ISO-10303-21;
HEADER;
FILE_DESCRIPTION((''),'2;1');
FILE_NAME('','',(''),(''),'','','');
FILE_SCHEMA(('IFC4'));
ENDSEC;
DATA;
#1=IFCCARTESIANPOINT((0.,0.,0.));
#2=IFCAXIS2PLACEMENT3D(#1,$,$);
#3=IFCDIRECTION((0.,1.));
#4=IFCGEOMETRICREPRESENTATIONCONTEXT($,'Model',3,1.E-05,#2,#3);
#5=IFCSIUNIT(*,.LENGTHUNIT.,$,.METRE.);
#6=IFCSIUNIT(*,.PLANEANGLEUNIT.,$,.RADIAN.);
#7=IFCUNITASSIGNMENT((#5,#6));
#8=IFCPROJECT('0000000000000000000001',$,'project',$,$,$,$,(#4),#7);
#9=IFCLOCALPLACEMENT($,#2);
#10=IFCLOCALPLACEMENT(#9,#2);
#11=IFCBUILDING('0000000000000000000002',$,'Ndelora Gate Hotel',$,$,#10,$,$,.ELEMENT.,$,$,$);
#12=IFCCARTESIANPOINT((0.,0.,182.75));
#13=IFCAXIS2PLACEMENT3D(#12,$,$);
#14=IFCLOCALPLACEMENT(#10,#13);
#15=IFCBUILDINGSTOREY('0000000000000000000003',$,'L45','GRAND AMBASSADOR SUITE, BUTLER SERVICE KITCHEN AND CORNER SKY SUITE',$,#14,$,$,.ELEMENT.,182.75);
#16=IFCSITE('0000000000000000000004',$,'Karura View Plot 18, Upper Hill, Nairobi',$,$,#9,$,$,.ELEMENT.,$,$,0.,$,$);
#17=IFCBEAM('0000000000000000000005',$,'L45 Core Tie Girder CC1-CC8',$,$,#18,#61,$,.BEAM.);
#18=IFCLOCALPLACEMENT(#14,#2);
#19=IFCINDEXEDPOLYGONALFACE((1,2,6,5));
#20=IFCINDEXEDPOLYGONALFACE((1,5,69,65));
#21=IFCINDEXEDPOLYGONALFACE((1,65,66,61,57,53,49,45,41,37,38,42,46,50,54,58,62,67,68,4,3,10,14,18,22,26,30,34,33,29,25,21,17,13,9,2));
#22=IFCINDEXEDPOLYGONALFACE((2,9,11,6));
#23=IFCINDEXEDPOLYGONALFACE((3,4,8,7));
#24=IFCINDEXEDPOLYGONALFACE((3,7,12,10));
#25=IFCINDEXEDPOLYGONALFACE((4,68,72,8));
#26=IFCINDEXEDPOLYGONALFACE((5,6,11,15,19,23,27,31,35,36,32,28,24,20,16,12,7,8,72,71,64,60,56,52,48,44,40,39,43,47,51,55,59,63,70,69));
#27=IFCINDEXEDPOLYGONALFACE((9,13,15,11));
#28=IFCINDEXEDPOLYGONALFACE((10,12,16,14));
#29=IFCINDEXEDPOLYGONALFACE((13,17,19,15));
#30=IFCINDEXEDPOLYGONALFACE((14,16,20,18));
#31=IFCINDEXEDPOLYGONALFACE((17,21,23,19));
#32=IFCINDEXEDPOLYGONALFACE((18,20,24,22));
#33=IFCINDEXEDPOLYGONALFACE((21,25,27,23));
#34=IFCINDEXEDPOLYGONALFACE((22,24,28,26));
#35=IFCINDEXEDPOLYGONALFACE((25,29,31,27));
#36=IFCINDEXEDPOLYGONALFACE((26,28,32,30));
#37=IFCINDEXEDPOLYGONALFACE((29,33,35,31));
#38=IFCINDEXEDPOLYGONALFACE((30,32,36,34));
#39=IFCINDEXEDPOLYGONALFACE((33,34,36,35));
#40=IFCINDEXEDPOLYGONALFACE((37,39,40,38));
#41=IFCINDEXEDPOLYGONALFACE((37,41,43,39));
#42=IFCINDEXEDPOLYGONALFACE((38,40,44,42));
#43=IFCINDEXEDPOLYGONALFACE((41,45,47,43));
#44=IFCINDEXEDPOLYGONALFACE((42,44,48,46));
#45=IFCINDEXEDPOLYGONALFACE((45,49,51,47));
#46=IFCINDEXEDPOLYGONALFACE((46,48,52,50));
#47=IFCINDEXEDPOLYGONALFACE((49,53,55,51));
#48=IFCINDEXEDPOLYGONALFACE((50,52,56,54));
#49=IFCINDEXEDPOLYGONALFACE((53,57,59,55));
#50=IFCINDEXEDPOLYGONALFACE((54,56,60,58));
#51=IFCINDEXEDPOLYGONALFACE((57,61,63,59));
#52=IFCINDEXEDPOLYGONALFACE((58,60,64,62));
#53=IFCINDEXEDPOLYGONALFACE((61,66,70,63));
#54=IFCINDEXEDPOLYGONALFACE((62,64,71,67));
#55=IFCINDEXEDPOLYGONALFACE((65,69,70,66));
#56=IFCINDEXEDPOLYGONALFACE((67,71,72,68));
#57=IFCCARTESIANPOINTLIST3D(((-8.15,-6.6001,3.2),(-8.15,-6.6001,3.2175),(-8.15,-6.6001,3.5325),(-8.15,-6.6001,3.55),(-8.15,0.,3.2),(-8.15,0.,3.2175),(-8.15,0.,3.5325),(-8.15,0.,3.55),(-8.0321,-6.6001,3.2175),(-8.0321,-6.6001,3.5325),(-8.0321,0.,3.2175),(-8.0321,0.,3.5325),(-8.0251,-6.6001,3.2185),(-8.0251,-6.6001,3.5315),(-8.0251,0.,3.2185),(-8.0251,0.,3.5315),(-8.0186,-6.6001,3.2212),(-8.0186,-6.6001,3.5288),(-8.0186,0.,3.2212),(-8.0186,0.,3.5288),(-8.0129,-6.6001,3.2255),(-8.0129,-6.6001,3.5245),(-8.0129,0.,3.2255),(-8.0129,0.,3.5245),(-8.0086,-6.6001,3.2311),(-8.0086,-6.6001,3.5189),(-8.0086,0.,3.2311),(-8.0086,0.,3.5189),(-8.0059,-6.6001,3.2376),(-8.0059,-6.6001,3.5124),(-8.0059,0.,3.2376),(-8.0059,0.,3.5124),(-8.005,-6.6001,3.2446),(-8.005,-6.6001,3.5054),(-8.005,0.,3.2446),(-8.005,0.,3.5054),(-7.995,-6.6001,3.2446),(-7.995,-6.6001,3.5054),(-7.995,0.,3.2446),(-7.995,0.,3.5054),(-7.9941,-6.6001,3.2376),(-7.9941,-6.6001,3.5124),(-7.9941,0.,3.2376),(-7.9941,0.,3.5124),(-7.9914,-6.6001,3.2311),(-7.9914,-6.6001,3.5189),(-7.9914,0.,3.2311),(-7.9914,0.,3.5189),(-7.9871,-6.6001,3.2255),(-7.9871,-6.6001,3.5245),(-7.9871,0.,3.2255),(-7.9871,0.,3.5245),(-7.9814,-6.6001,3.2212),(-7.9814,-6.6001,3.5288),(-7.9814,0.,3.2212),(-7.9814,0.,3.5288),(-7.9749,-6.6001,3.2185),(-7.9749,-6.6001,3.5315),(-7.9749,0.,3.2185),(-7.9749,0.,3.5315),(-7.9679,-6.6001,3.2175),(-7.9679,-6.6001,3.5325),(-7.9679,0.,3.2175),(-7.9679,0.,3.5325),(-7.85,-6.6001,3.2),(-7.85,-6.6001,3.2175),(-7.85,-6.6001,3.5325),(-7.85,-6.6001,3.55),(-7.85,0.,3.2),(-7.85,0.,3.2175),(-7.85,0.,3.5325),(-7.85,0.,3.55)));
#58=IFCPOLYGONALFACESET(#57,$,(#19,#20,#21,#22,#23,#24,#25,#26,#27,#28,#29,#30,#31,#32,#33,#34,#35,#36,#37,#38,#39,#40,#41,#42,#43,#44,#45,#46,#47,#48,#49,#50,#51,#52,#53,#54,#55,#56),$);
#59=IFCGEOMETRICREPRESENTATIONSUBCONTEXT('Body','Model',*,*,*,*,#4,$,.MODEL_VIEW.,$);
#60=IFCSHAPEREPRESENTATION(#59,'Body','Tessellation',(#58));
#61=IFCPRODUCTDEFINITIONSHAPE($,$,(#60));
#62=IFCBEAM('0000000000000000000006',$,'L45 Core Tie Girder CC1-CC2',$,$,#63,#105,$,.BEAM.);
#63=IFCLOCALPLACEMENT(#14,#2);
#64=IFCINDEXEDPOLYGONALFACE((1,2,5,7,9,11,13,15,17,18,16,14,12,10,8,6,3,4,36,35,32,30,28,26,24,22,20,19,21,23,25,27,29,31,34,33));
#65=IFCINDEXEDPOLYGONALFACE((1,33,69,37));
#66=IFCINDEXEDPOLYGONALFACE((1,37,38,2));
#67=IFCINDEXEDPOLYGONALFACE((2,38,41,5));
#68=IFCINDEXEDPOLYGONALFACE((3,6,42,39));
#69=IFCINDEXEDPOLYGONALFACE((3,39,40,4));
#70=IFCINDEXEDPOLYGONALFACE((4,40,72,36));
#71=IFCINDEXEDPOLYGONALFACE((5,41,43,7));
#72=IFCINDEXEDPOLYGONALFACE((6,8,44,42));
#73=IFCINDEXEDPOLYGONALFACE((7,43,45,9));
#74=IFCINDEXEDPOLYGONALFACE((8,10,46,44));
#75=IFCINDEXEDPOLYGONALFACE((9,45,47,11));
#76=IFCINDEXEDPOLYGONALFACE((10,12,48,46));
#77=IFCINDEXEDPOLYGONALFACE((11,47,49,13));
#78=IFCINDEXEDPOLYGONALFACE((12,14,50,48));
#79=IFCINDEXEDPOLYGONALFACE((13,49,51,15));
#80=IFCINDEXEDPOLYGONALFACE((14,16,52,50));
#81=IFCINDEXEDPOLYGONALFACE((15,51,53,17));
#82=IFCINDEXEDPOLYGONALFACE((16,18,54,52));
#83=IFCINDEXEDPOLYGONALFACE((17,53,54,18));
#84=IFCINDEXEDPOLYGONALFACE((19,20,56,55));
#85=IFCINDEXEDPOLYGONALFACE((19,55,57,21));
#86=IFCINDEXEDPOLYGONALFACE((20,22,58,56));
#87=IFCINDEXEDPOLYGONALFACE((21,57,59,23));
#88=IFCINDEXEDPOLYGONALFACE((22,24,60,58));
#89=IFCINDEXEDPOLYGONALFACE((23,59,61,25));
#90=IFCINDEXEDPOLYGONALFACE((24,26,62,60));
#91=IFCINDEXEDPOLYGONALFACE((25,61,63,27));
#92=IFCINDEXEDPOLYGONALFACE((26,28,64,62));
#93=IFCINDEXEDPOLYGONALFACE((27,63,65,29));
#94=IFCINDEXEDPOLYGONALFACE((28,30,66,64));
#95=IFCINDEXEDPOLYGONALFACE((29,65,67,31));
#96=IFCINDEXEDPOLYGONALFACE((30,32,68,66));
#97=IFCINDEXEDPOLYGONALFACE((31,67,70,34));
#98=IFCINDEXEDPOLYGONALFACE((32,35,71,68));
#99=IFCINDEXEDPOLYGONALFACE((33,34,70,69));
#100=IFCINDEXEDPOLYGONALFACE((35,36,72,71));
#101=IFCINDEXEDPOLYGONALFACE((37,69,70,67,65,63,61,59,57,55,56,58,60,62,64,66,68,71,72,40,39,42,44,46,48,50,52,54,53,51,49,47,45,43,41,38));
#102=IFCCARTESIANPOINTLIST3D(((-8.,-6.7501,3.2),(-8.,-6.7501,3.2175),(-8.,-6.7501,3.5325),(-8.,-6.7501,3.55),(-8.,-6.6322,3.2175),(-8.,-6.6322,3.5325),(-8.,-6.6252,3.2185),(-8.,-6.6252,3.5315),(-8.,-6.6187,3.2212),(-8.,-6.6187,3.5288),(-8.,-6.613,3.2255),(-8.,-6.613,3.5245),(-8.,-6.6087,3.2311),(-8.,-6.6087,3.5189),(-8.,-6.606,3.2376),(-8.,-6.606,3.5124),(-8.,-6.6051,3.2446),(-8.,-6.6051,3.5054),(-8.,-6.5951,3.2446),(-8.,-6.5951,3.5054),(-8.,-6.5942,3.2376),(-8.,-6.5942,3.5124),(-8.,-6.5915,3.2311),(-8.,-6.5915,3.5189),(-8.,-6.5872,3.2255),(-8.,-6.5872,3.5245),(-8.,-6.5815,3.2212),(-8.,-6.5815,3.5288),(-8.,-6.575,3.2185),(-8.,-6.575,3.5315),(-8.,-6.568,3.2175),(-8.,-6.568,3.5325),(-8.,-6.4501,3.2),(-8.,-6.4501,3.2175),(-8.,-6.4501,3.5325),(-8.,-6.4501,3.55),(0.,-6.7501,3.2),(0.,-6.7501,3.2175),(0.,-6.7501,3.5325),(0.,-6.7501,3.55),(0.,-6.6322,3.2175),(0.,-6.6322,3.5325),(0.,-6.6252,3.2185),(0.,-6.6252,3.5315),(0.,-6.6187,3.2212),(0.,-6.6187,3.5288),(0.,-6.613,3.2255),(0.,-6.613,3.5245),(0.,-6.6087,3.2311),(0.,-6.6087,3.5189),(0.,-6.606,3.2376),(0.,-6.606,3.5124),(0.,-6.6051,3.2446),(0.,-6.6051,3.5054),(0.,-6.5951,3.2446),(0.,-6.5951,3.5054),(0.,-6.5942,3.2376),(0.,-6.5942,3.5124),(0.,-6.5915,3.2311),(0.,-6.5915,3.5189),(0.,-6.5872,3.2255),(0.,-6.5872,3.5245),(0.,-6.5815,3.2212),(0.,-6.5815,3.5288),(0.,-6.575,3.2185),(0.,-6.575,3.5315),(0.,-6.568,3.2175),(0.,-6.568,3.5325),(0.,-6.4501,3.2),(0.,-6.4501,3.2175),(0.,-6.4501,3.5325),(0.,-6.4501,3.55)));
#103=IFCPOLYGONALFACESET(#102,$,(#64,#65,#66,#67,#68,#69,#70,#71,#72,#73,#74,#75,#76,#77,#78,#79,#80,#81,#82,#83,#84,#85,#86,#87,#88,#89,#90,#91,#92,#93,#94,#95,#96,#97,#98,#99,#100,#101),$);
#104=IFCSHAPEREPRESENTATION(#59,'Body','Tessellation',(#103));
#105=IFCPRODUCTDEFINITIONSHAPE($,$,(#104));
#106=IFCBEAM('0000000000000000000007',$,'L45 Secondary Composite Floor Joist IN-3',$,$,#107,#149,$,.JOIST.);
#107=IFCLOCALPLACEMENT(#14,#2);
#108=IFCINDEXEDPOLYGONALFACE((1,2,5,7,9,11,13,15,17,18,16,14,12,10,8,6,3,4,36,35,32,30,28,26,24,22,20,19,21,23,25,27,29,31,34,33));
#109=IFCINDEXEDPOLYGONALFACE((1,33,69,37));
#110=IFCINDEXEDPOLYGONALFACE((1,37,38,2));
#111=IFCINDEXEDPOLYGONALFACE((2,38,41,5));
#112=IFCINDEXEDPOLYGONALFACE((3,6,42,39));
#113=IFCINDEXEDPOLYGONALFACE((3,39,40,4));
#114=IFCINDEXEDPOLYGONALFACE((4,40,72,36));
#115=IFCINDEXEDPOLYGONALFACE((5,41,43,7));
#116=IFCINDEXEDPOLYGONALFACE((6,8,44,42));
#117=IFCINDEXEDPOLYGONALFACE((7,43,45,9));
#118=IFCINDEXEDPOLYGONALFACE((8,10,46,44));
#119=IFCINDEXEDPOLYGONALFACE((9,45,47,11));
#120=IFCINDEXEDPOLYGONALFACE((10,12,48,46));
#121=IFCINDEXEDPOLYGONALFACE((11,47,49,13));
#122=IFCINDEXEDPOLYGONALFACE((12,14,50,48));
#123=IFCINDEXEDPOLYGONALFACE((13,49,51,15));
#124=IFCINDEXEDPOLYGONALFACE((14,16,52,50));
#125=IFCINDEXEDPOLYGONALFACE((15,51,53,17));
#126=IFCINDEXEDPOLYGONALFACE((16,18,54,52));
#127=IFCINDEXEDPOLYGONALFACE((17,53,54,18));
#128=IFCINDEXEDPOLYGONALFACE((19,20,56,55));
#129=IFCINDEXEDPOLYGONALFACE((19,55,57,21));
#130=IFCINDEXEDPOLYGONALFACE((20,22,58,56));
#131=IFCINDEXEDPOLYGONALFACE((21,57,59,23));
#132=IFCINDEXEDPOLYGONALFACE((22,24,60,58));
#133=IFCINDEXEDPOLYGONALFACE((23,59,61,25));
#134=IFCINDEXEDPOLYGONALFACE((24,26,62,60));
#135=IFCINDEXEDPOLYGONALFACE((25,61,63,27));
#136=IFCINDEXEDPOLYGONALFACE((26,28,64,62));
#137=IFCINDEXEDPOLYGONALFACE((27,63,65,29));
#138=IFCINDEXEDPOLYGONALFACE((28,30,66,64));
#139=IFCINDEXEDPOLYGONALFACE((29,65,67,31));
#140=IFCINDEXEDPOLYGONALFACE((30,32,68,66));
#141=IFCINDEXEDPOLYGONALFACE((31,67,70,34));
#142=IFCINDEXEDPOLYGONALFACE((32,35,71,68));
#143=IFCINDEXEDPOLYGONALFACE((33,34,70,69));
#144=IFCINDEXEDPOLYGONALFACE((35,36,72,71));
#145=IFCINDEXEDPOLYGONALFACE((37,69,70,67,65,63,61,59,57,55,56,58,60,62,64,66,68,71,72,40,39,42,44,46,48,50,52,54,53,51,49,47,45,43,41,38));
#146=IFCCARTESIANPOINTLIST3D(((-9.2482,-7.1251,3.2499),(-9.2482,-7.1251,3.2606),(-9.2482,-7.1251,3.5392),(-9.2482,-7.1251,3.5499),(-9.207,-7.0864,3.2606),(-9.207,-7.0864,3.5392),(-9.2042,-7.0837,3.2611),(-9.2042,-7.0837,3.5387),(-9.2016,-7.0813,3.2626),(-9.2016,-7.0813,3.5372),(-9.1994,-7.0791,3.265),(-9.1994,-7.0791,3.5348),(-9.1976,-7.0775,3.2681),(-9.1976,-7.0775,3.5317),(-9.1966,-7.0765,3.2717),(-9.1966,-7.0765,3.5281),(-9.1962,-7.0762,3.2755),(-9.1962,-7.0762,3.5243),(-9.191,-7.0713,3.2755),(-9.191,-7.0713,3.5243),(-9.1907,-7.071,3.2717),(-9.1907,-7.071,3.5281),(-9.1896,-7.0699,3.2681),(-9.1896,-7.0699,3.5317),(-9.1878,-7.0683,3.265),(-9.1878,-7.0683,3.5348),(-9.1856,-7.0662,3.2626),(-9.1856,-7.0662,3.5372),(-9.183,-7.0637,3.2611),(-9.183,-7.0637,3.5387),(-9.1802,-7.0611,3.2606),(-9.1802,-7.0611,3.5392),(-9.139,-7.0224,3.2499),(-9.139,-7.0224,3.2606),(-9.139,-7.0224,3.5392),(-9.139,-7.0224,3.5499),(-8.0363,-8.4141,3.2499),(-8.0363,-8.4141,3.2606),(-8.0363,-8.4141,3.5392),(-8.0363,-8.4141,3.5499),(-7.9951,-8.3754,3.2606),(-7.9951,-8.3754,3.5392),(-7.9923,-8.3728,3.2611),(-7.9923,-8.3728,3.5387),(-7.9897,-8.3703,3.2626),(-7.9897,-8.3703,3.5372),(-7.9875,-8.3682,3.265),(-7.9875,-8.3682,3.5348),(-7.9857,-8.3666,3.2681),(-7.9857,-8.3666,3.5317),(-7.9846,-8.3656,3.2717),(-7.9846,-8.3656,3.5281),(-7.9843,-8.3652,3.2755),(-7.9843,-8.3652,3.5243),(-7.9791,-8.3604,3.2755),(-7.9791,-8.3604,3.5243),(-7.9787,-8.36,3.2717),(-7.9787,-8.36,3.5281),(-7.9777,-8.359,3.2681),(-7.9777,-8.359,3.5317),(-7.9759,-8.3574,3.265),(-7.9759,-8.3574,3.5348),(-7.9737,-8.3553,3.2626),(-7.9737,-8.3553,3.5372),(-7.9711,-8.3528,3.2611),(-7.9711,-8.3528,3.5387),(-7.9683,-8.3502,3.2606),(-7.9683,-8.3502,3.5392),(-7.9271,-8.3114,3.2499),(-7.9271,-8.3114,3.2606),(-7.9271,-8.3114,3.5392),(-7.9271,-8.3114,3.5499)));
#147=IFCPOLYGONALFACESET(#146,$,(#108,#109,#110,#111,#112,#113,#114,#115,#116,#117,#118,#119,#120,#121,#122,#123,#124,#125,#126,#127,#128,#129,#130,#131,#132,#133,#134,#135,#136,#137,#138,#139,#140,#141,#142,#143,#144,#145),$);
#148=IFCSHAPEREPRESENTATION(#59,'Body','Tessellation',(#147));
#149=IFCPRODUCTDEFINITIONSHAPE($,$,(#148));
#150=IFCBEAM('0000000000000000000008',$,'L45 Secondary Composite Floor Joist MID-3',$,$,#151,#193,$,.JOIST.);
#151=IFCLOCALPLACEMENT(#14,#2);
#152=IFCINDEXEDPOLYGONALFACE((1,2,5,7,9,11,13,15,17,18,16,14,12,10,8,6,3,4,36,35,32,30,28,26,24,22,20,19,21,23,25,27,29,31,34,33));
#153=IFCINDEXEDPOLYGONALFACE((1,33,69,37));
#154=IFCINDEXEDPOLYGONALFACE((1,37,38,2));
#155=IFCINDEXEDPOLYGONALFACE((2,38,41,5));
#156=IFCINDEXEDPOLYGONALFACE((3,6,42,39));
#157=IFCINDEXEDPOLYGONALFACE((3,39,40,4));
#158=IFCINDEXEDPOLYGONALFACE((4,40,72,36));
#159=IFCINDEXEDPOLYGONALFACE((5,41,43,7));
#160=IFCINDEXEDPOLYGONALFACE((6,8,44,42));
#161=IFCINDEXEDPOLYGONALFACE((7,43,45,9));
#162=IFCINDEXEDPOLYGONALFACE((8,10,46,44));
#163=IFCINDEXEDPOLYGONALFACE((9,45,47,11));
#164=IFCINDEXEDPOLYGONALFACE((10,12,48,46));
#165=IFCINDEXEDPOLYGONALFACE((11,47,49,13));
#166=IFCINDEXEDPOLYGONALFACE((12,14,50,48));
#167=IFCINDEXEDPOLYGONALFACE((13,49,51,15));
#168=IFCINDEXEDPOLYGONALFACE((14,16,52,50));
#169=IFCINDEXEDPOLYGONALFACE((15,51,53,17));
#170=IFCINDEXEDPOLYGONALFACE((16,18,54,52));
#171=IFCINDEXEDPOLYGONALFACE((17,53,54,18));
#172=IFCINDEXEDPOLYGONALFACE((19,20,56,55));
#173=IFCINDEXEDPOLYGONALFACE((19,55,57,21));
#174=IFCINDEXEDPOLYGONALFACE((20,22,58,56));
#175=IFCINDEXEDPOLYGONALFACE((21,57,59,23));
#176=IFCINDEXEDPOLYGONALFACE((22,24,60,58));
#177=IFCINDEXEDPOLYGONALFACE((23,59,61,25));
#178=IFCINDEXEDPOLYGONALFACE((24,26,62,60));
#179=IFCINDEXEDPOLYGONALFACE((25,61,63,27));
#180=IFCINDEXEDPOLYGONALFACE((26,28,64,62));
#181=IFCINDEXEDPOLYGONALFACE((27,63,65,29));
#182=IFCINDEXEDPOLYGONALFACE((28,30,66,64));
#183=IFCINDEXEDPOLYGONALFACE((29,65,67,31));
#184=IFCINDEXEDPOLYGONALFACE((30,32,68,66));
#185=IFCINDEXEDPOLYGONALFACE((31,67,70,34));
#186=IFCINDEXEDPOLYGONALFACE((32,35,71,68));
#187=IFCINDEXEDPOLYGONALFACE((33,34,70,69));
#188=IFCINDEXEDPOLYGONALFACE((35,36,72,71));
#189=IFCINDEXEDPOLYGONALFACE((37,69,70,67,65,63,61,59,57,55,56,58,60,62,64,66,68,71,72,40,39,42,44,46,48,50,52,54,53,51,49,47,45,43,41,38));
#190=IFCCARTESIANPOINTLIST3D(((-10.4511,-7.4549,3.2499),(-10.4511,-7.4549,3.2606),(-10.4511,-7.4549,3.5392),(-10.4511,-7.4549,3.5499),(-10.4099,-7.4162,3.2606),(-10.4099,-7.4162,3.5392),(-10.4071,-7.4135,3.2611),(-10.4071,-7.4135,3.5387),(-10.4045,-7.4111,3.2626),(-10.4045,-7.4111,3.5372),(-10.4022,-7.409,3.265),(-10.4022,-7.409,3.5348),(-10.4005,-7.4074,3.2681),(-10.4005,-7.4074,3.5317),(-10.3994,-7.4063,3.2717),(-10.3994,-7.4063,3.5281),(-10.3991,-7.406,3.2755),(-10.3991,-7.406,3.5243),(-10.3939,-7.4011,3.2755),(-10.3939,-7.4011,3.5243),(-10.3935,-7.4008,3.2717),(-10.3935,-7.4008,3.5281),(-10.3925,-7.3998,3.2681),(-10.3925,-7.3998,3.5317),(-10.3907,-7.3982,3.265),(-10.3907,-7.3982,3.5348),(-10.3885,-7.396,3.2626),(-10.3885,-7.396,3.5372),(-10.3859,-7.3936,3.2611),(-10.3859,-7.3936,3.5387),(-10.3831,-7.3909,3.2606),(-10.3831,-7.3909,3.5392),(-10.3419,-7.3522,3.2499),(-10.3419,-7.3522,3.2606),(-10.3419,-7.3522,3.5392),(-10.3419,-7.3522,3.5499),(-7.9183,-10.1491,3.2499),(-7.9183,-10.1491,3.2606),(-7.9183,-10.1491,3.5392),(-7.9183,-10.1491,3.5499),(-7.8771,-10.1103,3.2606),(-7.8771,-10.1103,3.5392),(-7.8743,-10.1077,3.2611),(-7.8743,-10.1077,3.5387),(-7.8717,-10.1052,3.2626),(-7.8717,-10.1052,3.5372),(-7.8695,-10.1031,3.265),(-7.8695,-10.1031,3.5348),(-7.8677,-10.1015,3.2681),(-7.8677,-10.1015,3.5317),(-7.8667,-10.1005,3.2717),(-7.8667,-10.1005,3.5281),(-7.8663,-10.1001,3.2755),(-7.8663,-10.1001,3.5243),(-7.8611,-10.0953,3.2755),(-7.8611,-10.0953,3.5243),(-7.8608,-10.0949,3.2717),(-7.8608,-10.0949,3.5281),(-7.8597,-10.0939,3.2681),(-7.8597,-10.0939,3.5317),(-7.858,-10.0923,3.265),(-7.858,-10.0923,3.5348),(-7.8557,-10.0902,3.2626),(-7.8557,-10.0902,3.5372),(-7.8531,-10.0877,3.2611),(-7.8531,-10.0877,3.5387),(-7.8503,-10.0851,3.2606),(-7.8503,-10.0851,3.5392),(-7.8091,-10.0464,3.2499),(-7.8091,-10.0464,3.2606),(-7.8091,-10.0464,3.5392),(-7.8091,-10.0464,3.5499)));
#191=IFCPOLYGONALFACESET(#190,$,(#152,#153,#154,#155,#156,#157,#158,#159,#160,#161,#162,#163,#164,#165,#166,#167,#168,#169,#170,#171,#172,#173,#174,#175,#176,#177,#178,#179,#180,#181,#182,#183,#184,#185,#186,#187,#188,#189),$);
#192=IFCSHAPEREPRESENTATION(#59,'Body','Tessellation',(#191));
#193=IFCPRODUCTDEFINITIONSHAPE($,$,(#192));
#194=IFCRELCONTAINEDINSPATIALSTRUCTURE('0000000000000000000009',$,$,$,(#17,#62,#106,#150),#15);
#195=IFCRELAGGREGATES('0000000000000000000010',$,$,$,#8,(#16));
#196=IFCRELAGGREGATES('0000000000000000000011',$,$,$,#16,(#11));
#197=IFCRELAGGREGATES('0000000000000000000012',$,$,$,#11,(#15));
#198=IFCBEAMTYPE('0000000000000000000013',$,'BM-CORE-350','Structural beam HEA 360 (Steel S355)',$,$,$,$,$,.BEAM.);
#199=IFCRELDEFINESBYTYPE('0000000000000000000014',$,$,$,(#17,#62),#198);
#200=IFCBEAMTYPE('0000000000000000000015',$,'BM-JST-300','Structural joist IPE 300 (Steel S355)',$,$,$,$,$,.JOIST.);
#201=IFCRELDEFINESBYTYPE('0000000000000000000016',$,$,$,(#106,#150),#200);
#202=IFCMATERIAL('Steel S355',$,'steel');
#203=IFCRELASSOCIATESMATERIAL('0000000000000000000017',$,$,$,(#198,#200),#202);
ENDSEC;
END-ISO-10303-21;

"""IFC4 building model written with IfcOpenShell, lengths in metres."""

from ifc_helpers import new_model, si_unit, direction, frame, origin, origin_2d, place, context, subcontext, project, spatial, i_section, extrude, material, material_profile, profile_set, type_object, element, save


model = new_model("IFC4")

# Units and contexts
model_context = context("Model", 3, precision=1e-05, world=origin(), true_north=direction((0.0, 1.0)))
body_context = subcontext(model_context, "Body", "Model", "MODEL_VIEW")
ifc_project = project(units=[si_unit("LENGTHUNIT", "METRE"), si_unit("PLANEANGLEUNIT", "RADIAN")], contexts=[model_context])

# Site, building, storey
site_placement = place(None, origin())
site = spatial("IfcSite", under=ifc_project, at=site_placement, Name="Karura View Plot 18, Upper Hill, Nairobi", CompositionType="ELEMENT", RefElevation=0.0)
building_placement = place(site_placement, origin())
building = spatial("IfcBuilding", under=site, at=building_placement, Name="Ndelora Gate Hotel", CompositionType="ELEMENT")
storey_placement = place(building_placement, frame((0.0, 0.0, 182.75)))
storey = spatial("IfcBuildingStorey", under=building, at=storey_placement, Name="L45", Description="GRAND AMBASSADOR SUITE, BUTLER SERVICE KITCHEN AND CORNER SKY SUITE", CompositionType="ELEMENT", Elevation=182.75)

# Beams
ifc_material_1 = material(Name="Steel S355", Category="steel")
ifc_material_profile_1 = material_profile(ifc_material_1, i_section(OverallWidth=0.3, OverallDepth=0.3501, WebThickness=0.01, FlangeThickness=0.0176, FilletRadius=0.0271, at=origin_2d()), Name="HEA 360")
ifc_profile_set_1 = profile_set([ifc_material_profile_1], Name="Steel S355")
beam_type_1 = type_object("IfcBeamType", Name="BM-CORE-350", Description="Structural beam HEA 360 (Steel S355)", PredefinedType="BEAM", material=ifc_profile_set_1)
beam_1_placement = place(storey_placement, frame((-8.0, -6.6001, 3.375), z_axis=(0.0, 1.0, 0.0), x_axis=(-1.0, 0.0, 0.0)))
element("IfcBeam", 1, at=beam_1_placement, inside=storey, type_object=beam_type_1, Name="L45 Core Tie Girder CC1-CC8", PredefinedType="BEAM", context=body_context, shape_type="SweptSolid", body=[
    extrude(i_section(OverallWidth=0.3, OverallDepth=0.3501, WebThickness=0.01, FlangeThickness=0.0176, FilletRadius=0.0271, at=origin_2d()), origin(), (0.0, 0.0, 1.0), 6.6001),
])
beam_2_placement = place(storey_placement, frame((-8.0, -6.6001, 3.375), z_axis=(1.0, 0.0, 0.0), x_axis=(0.0, 1.0, 0.0)))
element("IfcBeam", 2, at=beam_2_placement, inside=storey, type_object=beam_type_1, Name="L45 Core Tie Girder CC1-CC2", PredefinedType="BEAM", context=body_context, shape_type="SweptSolid", body=[
    extrude(i_section(OverallWidth=0.3, OverallDepth=0.3501, WebThickness=0.01, FlangeThickness=0.0176, FilletRadius=0.0271, at=origin_2d()), origin(), (0.0, 0.0, 1.0), 8.0),
])
ifc_material_profile_2 = material_profile(ifc_material_1, i_section(OverallWidth=0.1499, OverallDepth=0.3, WebThickness=0.0071, FlangeThickness=0.0107, FilletRadius=0.0149, at=origin_2d()), Name="IPE 300")
ifc_profile_set_2 = profile_set([ifc_material_profile_2], Name="Steel S355")
beam_type_2 = type_object("IfcBeamType", Name="BM-JST-300", Description="Structural joist IPE 300 (Steel S355)", PredefinedType="JOIST", material=ifc_profile_set_2)
beam_3_placement = place(storey_placement, frame((-9.1936, -7.0737, 3.3999), z_axis=(0.684969, -0.728573, 0.0), x_axis=(0.728573, 0.684969, 0.0)))
element("IfcBeam", 3, at=beam_3_placement, inside=storey, type_object=beam_type_2, Name="L45 Secondary Composite Floor Joist IN-3", PredefinedType="JOIST", context=body_context, shape_type="SweptSolid", body=[
    extrude(i_section(OverallWidth=0.1499, OverallDepth=0.3, WebThickness=0.0071, FlangeThickness=0.0107, FilletRadius=0.0149, at=origin_2d()), origin(), (0.0, 0.0, 1.0), 1.7693),
])
beam_4_placement = place(storey_placement, frame((-10.3965, -7.4036, 3.3999), z_axis=(0.684949, -0.728591, 0.0), x_axis=(0.728591, 0.684949, 0.0)))
element("IfcBeam", 4, at=beam_4_placement, inside=storey, type_object=beam_type_2, Name="L45 Secondary Composite Floor Joist MID-3", PredefinedType="JOIST", context=body_context, shape_type="SweptSolid", body=[
    extrude(i_section(OverallWidth=0.1499, OverallDepth=0.3, WebThickness=0.0071, FlangeThickness=0.0107, FilletRadius=0.0149, at=origin_2d()), origin(), (0.0, 0.0, 1.0), 3.6978),
])

save(model, "model.ifc")
